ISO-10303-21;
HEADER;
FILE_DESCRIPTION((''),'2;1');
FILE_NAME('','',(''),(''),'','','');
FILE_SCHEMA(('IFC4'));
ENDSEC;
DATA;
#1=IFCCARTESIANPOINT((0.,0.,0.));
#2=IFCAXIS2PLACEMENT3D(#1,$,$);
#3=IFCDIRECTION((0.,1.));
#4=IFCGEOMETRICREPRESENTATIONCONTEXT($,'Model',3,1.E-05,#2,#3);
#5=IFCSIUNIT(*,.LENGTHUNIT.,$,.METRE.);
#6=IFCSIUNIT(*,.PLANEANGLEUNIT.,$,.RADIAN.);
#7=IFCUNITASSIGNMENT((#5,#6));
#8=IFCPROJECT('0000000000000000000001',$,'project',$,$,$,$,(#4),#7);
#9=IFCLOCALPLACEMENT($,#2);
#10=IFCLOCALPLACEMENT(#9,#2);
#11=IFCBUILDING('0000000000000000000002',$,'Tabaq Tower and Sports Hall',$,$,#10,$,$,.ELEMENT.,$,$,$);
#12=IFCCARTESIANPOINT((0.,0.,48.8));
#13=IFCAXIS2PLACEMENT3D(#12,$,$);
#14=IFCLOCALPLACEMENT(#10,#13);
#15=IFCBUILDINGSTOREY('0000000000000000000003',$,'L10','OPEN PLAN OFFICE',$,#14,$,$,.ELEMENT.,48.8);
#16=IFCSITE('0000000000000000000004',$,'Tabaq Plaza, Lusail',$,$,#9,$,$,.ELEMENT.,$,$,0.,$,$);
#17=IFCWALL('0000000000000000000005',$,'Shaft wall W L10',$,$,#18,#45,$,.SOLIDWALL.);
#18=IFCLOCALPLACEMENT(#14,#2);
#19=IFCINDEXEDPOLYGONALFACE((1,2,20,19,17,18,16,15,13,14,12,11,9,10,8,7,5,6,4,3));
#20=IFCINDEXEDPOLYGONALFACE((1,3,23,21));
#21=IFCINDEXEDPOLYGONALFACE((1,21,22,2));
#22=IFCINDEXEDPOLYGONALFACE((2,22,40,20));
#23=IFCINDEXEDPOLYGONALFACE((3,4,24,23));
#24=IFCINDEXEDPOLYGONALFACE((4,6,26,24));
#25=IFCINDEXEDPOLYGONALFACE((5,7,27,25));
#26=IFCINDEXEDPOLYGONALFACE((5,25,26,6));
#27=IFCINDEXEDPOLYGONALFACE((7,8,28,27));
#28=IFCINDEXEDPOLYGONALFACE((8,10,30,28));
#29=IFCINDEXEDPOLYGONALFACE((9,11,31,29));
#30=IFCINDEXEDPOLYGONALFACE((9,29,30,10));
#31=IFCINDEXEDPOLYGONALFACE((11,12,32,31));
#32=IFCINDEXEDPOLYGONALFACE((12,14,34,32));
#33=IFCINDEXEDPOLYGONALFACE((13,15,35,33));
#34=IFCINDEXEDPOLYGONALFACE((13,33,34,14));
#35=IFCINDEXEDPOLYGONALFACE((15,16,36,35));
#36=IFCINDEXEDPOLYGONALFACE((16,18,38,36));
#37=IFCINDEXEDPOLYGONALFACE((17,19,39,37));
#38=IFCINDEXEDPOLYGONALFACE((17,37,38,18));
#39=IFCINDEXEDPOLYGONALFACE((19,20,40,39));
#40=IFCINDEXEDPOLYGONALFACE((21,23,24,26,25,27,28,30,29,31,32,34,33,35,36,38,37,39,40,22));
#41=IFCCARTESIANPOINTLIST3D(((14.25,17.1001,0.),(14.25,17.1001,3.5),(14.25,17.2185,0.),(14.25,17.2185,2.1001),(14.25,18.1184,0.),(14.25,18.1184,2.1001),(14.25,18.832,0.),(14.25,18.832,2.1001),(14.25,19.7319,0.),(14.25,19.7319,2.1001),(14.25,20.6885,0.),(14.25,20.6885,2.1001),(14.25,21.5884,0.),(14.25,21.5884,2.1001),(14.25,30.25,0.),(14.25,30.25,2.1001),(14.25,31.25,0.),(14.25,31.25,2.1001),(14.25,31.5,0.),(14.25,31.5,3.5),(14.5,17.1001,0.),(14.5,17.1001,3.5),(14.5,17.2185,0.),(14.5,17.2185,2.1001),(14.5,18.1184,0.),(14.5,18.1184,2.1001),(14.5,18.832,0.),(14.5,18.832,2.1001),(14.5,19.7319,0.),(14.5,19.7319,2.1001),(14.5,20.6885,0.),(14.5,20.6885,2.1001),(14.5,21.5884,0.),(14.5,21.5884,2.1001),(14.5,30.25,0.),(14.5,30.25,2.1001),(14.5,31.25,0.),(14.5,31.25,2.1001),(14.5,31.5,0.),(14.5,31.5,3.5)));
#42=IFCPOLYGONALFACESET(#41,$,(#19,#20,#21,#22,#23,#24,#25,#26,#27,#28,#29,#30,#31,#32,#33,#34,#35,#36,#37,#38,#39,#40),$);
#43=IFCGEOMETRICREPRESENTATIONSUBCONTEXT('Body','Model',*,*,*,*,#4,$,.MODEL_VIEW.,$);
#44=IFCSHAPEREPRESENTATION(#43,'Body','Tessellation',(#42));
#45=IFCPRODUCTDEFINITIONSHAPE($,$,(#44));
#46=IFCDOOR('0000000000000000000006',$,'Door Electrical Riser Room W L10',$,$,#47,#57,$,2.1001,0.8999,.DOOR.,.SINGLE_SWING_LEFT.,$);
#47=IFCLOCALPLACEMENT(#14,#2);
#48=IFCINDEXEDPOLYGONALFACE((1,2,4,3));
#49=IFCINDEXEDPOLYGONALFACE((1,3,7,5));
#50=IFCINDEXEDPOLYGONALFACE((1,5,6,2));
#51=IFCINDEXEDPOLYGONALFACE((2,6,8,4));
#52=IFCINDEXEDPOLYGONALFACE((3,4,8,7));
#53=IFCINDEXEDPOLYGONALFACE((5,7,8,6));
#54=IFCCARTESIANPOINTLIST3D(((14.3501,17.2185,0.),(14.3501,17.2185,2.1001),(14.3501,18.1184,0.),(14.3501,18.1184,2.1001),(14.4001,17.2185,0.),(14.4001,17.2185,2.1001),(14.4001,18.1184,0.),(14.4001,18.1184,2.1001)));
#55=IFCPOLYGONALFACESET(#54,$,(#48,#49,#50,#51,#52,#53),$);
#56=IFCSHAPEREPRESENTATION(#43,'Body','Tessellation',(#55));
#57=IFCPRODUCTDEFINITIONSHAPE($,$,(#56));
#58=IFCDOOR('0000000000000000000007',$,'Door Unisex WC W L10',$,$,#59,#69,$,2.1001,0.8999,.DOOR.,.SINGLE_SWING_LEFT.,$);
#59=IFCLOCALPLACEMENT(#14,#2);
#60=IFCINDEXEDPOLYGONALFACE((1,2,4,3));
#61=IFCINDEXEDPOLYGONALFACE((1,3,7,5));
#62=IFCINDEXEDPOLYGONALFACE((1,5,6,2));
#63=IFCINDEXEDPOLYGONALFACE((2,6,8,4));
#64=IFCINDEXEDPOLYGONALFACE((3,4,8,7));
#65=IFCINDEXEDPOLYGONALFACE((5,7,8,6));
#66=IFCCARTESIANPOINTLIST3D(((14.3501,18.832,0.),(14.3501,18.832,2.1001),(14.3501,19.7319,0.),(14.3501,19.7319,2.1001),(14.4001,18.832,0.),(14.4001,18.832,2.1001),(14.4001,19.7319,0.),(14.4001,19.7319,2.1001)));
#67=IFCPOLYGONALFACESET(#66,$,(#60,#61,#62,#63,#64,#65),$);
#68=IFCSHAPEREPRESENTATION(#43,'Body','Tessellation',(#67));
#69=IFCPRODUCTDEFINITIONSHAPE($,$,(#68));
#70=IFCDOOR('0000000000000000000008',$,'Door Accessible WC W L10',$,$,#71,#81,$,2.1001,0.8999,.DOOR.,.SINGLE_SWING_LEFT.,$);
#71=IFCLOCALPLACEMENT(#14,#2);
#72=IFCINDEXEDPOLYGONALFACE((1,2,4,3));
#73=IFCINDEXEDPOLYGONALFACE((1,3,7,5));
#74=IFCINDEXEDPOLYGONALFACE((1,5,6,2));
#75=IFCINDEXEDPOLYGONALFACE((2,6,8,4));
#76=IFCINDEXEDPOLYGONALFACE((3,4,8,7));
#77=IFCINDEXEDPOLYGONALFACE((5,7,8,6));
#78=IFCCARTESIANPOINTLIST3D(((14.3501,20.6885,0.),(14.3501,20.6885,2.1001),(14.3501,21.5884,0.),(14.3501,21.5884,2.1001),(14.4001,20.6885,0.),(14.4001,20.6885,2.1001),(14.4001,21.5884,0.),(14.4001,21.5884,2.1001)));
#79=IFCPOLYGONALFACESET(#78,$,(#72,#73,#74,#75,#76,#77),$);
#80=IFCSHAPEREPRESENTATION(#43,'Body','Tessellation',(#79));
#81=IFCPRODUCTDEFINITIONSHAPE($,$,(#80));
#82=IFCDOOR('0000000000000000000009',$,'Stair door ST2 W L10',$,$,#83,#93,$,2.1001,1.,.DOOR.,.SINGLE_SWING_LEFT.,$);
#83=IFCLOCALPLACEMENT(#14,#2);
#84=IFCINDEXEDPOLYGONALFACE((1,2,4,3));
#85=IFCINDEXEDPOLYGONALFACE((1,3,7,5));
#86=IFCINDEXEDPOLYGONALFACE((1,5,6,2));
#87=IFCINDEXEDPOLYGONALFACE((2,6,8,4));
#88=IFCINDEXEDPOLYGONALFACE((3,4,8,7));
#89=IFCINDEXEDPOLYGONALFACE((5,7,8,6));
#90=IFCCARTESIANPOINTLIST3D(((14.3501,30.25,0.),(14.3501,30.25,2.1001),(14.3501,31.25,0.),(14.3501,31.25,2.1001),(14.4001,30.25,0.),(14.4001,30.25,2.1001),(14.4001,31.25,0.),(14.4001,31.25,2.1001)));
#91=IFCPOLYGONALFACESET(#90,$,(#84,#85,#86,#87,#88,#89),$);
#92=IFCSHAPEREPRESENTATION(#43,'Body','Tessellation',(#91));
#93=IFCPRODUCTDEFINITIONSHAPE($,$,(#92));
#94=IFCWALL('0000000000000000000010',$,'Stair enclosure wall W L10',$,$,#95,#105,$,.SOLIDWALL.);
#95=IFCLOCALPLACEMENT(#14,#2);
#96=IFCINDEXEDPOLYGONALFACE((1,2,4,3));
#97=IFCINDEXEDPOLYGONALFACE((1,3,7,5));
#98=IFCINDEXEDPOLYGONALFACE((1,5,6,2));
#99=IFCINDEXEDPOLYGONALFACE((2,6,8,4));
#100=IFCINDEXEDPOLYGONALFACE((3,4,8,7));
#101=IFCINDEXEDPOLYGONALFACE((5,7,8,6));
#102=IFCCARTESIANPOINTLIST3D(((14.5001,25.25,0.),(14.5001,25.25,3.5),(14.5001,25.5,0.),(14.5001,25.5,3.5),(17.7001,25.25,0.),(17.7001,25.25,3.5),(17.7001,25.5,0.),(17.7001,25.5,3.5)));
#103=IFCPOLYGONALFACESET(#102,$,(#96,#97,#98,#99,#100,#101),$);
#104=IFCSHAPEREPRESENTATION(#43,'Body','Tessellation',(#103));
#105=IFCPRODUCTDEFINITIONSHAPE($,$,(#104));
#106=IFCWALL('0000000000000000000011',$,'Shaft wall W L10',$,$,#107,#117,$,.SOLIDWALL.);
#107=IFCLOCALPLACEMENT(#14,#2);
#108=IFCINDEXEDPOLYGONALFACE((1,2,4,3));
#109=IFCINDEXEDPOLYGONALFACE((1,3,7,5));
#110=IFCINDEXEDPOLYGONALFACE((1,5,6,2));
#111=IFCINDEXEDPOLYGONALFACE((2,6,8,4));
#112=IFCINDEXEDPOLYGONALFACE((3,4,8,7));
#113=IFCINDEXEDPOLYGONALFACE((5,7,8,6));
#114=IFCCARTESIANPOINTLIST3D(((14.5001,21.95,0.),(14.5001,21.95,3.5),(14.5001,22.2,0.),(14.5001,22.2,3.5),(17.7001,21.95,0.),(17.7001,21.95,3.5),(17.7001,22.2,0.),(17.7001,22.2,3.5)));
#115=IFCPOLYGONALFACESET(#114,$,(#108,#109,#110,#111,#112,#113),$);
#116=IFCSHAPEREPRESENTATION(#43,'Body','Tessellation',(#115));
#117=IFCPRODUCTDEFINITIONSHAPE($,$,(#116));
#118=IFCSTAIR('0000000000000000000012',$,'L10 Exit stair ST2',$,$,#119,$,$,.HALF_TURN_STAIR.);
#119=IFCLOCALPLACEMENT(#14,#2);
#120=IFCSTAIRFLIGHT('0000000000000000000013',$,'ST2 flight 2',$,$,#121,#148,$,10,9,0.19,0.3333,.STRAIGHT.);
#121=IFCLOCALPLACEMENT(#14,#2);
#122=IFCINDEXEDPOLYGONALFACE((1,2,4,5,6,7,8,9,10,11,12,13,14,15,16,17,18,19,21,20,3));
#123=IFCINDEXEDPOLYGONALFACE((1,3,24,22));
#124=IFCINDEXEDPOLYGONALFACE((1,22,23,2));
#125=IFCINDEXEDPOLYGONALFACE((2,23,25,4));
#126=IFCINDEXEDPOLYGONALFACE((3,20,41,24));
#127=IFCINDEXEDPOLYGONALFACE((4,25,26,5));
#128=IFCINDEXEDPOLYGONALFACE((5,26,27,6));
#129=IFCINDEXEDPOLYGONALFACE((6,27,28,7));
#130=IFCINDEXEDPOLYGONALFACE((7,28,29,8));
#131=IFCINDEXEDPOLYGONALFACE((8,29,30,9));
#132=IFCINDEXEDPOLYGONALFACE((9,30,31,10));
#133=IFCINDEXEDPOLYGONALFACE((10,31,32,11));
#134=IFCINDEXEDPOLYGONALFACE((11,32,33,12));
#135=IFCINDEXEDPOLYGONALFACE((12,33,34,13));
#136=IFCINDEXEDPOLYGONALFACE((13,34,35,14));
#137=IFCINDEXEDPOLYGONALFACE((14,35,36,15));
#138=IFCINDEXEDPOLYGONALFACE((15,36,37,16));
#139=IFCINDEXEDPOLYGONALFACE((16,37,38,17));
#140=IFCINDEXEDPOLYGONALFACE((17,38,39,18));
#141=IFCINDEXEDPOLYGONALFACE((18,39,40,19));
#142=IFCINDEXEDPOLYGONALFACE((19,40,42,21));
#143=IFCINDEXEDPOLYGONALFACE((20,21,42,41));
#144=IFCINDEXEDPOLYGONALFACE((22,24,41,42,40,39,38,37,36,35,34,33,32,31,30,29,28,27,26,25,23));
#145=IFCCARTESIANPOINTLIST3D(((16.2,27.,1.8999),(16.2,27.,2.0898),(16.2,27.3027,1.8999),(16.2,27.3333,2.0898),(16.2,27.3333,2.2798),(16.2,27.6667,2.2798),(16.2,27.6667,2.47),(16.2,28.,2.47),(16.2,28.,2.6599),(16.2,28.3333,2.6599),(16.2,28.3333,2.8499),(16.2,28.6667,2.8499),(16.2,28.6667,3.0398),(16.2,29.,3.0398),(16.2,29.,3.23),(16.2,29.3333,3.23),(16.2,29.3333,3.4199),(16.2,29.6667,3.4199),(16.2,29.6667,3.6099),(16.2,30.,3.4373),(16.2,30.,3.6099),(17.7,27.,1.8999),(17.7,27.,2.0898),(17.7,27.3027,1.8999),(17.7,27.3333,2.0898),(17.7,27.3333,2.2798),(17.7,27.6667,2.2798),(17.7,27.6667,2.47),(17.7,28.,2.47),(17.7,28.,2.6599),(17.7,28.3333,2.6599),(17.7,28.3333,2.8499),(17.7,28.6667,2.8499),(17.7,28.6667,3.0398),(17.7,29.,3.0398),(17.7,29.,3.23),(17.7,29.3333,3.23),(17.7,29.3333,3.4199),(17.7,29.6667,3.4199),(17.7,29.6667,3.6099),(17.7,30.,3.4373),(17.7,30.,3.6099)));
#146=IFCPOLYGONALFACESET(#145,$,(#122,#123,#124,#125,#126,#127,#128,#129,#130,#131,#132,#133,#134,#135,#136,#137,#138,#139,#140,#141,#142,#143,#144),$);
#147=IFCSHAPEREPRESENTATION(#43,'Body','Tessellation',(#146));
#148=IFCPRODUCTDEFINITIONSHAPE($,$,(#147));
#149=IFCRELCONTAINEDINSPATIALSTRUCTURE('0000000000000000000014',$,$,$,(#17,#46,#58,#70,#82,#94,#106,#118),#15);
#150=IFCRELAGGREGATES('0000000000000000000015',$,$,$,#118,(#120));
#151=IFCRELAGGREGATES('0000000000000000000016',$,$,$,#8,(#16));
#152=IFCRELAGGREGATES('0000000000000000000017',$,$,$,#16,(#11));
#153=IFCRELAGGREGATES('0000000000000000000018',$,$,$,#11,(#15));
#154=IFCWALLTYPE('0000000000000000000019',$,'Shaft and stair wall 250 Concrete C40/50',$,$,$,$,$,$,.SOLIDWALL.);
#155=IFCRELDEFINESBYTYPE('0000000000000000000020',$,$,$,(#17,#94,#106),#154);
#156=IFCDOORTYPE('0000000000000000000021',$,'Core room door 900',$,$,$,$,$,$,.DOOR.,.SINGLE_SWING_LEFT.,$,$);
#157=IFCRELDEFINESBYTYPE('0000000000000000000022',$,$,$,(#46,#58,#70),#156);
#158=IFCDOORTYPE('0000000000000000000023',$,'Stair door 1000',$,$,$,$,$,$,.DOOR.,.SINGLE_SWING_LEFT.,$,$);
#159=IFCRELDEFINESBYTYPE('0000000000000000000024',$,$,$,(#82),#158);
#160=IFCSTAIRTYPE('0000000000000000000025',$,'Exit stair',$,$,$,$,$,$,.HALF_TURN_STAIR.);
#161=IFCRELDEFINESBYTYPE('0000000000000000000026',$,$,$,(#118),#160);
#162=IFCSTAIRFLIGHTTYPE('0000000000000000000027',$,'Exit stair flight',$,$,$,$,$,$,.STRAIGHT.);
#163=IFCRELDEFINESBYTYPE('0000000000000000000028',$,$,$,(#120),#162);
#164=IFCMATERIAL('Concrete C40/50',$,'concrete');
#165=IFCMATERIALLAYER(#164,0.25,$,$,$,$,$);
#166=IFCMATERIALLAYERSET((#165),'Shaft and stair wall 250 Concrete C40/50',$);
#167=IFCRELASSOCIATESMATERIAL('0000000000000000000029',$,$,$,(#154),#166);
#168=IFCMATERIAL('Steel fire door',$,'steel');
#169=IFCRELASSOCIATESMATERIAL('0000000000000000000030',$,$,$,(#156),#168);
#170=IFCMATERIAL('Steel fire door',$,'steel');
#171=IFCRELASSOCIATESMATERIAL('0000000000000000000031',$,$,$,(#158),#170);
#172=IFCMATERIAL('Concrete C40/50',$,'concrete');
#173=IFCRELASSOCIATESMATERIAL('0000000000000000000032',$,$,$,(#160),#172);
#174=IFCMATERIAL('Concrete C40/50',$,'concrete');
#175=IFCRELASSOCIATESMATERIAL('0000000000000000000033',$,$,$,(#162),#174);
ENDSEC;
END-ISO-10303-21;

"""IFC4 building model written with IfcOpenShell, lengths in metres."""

from ifc_helpers import new_model, si_unit, direction, frame, frame_2d, origin, place, context, subcontext, project, spatial, polyline, rectangle, outline, extrude, material, layer, layer_set, type_object, element, fill, aggregate, save


model = new_model("IFC4")

# Units and contexts
model_context = context("Model", 3, precision=1e-05, world=origin(), true_north=direction((0.0, 1.0)))
body_context = subcontext(model_context, "Body", "Model", "MODEL_VIEW")
ifc_project = project(units=[si_unit("LENGTHUNIT", "METRE"), si_unit("PLANEANGLEUNIT", "RADIAN")], contexts=[model_context])

# Site, building, storey
site_placement = place(None, origin())
site = spatial("IfcSite", under=ifc_project, at=site_placement, Name="Tabaq Plaza, Lusail", CompositionType="ELEMENT", RefElevation=0.0)
building_placement = place(site_placement, origin())
building = spatial("IfcBuilding", under=site, at=building_placement, Name="Tabaq Tower and Sports Hall", CompositionType="ELEMENT")
storey_placement = place(building_placement, frame((0.0, 0.0, 48.8)))
storey = spatial("IfcBuildingStorey", under=building, at=storey_placement, Name="L10", Description="OPEN PLAN OFFICE", CompositionType="ELEMENT", Elevation=48.8)

# Wall, openings, doors
ifc_material_1 = material(Name="Concrete C40/50", Category="concrete")
ifc_layer_1 = layer(ifc_material_1, 0.25)
ifc_layer_set_1 = layer_set([ifc_layer_1], Name="Shaft and stair wall 250 Concrete C40/50")
wall_type_1 = type_object("IfcWallType", Name="Shaft and stair wall 250 Concrete C40/50", PredefinedType="SOLIDWALL", material=ifc_layer_set_1)
wall_1_placement = place(storey_placement, frame((14.375, 17.1001, 0.0), z_axis=(0.0, 0.0, 1.0), x_axis=(0.0, 1.0, 0.0)))
wall_1 = element("IfcWall", 1, at=wall_1_placement, inside=storey, type_object=wall_type_1, Name="Shaft wall W L10", PredefinedType="SOLIDWALL", context=body_context, shape_type="SweptSolid", body=[
    extrude(rectangle(XDim=14.3999, YDim=0.25, at=frame_2d((7.2, 0.0))), origin(), (0.0, 0.0, 1.0), 3.5),
])
opening_1_placement = place(wall_1_placement, frame((13.1499, 0.0, 0.0)))
opening_1 = element("IfcOpeningElement", 2, at=opening_1_placement, cuts=wall_1, PredefinedType="OPENING", context=body_context, shape_type="SweptSolid", body=[
    extrude(rectangle(XDim=1.0, YDim=2.1001, at=frame_2d((0.5, 1.05))), frame((0.0, 0.125, 0.0), z_axis=(0.0, -1.0, 0.0), x_axis=(1.0, 0.0, 0.0)), (0.0, 0.0, 1.0), 0.25),
])
opening_2_placement = place(wall_1_placement, frame((0.1184, 0.0, 0.0)))
opening_2 = element("IfcOpeningElement", 3, at=opening_2_placement, cuts=wall_1, PredefinedType="OPENING", context=body_context, shape_type="SweptSolid", body=[
    extrude(rectangle(XDim=0.8999, YDim=2.1001, at=frame_2d((0.45, 1.05))), frame((0.0, 0.125, 0.0), z_axis=(0.0, -1.0, 0.0), x_axis=(1.0, 0.0, 0.0)), (0.0, 0.0, 1.0), 0.25),
])
opening_3_placement = place(wall_1_placement, frame((1.7319, 0.0, 0.0)))
opening_3 = element("IfcOpeningElement", 4, at=opening_3_placement, cuts=wall_1, PredefinedType="OPENING", context=body_context, shape_type="SweptSolid", body=[
    extrude(rectangle(XDim=0.8999, YDim=2.1001, at=frame_2d((0.45, 1.05))), frame((0.0, 0.125, 0.0), z_axis=(0.0, -1.0, 0.0), x_axis=(1.0, 0.0, 0.0)), (0.0, 0.0, 1.0), 0.25),
])
opening_4_placement = place(wall_1_placement, frame((3.5884, 0.0, 0.0)))
opening_4 = element("IfcOpeningElement", 5, at=opening_4_placement, cuts=wall_1, PredefinedType="OPENING", context=body_context, shape_type="SweptSolid", body=[
    extrude(rectangle(XDim=0.8999, YDim=2.1001, at=frame_2d((0.45, 1.05))), frame((0.0, 0.125, 0.0), z_axis=(0.0, -1.0, 0.0), x_axis=(1.0, 0.0, 0.0)), (0.0, 0.0, 1.0), 0.25),
])
ifc_material_2 = material(Name="Steel fire door", Category="steel")
door_type_1 = type_object("IfcDoorType", Name="Core room door 900", OperationType="SINGLE_SWING_LEFT", PredefinedType="DOOR", material=ifc_material_2)
door_1_placement = place(opening_2_placement, origin())
door_1 = element("IfcDoor", 6, at=door_1_placement, inside=storey, type_object=door_type_1, Name="Door Electrical Riser Room W L10", OperationType="SINGLE_SWING_LEFT", OverallHeight=2.1001, OverallWidth=0.8999, PredefinedType="DOOR", context=body_context, shape_type="SweptSolid", body=[
    extrude(rectangle(XDim=0.8999, YDim=2.1001, at=frame_2d((0.45, 1.05))), frame((0.0, 0.0249, 0.0), z_axis=(0.0, -1.0, 0.0), x_axis=(1.0, 0.0, 0.0)), (0.0, 0.0, 1.0), 0.05),
])
fill(opening_2, door_1)
door_2_placement = place(opening_3_placement, origin())
door_2 = element("IfcDoor", 7, at=door_2_placement, inside=storey, type_object=door_type_1, Name="Door Unisex WC W L10", OperationType="SINGLE_SWING_LEFT", OverallHeight=2.1001, OverallWidth=0.8999, PredefinedType="DOOR", context=body_context, shape_type="SweptSolid", body=[
    extrude(rectangle(XDim=0.8999, YDim=2.1001, at=frame_2d((0.45, 1.05))), frame((0.0, 0.0249, 0.0), z_axis=(0.0, -1.0, 0.0), x_axis=(1.0, 0.0, 0.0)), (0.0, 0.0, 1.0), 0.05),
])
fill(opening_3, door_2)
door_3_placement = place(opening_4_placement, origin())
door_3 = element("IfcDoor", 8, at=door_3_placement, inside=storey, type_object=door_type_1, Name="Door Accessible WC W L10", OperationType="SINGLE_SWING_LEFT", OverallHeight=2.1001, OverallWidth=0.8999, PredefinedType="DOOR", context=body_context, shape_type="SweptSolid", body=[
    extrude(rectangle(XDim=0.8999, YDim=2.1001, at=frame_2d((0.45, 1.05))), frame((0.0, 0.0249, 0.0), z_axis=(0.0, -1.0, 0.0), x_axis=(1.0, 0.0, 0.0)), (0.0, 0.0, 1.0), 0.05),
])
fill(opening_4, door_3)
ifc_material_3 = material(Name="Steel fire door", Category="steel")
door_type_2 = type_object("IfcDoorType", Name="Stair door 1000", OperationType="SINGLE_SWING_LEFT", PredefinedType="DOOR", material=ifc_material_3)
door_4_placement = place(opening_1_placement, origin())
door_4 = element("IfcDoor", 9, at=door_4_placement, inside=storey, type_object=door_type_2, Name="Stair door ST2 W L10", OperationType="SINGLE_SWING_LEFT", OverallHeight=2.1001, OverallWidth=1.0, PredefinedType="DOOR", context=body_context, shape_type="SweptSolid", body=[
    extrude(rectangle(XDim=1.0, YDim=2.1001, at=frame_2d((0.5, 1.05))), frame((0.0, 0.0249, 0.0), z_axis=(0.0, -1.0, 0.0), x_axis=(1.0, 0.0, 0.0)), (0.0, 0.0, 1.0), 0.05),
])
fill(opening_1, door_4)

# Walls
for number, where, z_axis, x_axis, name in (
    (10, (14.5, 25.375, 0.0), (0.0, 0.0, 1.0), (1.0, 0.0, 0.0), "Stair enclosure wall W L10"),
    (11, (14.5, 22.075, 0.0), (0.0, 0.0, 1.0), (1.0, 0.0, 0.0), "Shaft wall W L10"),
):
    element("IfcWall", number, at=place(storey_placement, frame(where, z_axis=z_axis, x_axis=x_axis)), inside=storey, type_object=wall_type_1, Name=name, PredefinedType="SOLIDWALL", context=body_context, shape_type="SweptSolid", body=[
        extrude(rectangle(XDim=3.2, YDim=0.25, at=frame_2d((1.6001, 0.0))), origin(), (0.0, 0.0, 1.0), 3.5),
    ])

# Stair, stair flight
ifc_material_4 = material(Name="Concrete C40/50", Category="concrete")
stair_type = type_object("IfcStairType", Name="Exit stair", PredefinedType="HALF_TURN_STAIR", material=ifc_material_4)
stair_placement = place(storey_placement, origin())
stair = element("IfcStair", 12, at=stair_placement, inside=storey, type_object=stair_type, Name="L10 Exit stair ST2", PredefinedType="HALF_TURN_STAIR")
ifc_material_5 = material(Name="Concrete C40/50", Category="concrete")
stair_flight_type = type_object("IfcStairFlightType", Name="Exit stair flight", PredefinedType="STRAIGHT", material=ifc_material_5)
stair_flight_placement = place(storey_placement, frame((16.95, 27.0, 1.8999), z_axis=(0.0, 0.0, 1.0), x_axis=(0.0, 1.0, 0.0)))
stair_flight = element("IfcStairFlight", 13, at=stair_flight_placement, type_object=stair_flight_type, Name="ST2 flight 2", NumberOfRisers=10, NumberOfTreads=9, PredefinedType="STRAIGHT", RiserHeight=0.19, TreadLength=0.3333, context=body_context, shape_type="SweptSolid", body=[
    extrude(outline(polyline([(0.0, 0.0), (0.0, 0.1899), (0.3333, 0.1899), (0.3333, 0.3799), (0.6667, 0.3799), (0.6667, 0.5701), (1.0, 0.5701), (1.0, 0.76), (1.3333, 0.76), (1.3333, 0.95), (1.6667, 0.95), (1.6667, 1.1399), (2.0, 1.1399), (2.0, 1.3301), (2.3333, 1.3301), (2.3333, 1.52), (2.6667, 1.52), (2.6667, 1.71), (3.0, 1.71), (3.0, 1.8999), (3.0, 1.5374), (0.3027, 0.0), (0.0, 0.0)])), frame((0.0, 0.75, 0.0), z_axis=(0.0, -1.0, 0.0), x_axis=(1.0, 0.0, 0.0)), (0.0, 0.0, 1.0), 1.5),
])
aggregate(stair, [stair_flight])

save(model, "model.ifc")
